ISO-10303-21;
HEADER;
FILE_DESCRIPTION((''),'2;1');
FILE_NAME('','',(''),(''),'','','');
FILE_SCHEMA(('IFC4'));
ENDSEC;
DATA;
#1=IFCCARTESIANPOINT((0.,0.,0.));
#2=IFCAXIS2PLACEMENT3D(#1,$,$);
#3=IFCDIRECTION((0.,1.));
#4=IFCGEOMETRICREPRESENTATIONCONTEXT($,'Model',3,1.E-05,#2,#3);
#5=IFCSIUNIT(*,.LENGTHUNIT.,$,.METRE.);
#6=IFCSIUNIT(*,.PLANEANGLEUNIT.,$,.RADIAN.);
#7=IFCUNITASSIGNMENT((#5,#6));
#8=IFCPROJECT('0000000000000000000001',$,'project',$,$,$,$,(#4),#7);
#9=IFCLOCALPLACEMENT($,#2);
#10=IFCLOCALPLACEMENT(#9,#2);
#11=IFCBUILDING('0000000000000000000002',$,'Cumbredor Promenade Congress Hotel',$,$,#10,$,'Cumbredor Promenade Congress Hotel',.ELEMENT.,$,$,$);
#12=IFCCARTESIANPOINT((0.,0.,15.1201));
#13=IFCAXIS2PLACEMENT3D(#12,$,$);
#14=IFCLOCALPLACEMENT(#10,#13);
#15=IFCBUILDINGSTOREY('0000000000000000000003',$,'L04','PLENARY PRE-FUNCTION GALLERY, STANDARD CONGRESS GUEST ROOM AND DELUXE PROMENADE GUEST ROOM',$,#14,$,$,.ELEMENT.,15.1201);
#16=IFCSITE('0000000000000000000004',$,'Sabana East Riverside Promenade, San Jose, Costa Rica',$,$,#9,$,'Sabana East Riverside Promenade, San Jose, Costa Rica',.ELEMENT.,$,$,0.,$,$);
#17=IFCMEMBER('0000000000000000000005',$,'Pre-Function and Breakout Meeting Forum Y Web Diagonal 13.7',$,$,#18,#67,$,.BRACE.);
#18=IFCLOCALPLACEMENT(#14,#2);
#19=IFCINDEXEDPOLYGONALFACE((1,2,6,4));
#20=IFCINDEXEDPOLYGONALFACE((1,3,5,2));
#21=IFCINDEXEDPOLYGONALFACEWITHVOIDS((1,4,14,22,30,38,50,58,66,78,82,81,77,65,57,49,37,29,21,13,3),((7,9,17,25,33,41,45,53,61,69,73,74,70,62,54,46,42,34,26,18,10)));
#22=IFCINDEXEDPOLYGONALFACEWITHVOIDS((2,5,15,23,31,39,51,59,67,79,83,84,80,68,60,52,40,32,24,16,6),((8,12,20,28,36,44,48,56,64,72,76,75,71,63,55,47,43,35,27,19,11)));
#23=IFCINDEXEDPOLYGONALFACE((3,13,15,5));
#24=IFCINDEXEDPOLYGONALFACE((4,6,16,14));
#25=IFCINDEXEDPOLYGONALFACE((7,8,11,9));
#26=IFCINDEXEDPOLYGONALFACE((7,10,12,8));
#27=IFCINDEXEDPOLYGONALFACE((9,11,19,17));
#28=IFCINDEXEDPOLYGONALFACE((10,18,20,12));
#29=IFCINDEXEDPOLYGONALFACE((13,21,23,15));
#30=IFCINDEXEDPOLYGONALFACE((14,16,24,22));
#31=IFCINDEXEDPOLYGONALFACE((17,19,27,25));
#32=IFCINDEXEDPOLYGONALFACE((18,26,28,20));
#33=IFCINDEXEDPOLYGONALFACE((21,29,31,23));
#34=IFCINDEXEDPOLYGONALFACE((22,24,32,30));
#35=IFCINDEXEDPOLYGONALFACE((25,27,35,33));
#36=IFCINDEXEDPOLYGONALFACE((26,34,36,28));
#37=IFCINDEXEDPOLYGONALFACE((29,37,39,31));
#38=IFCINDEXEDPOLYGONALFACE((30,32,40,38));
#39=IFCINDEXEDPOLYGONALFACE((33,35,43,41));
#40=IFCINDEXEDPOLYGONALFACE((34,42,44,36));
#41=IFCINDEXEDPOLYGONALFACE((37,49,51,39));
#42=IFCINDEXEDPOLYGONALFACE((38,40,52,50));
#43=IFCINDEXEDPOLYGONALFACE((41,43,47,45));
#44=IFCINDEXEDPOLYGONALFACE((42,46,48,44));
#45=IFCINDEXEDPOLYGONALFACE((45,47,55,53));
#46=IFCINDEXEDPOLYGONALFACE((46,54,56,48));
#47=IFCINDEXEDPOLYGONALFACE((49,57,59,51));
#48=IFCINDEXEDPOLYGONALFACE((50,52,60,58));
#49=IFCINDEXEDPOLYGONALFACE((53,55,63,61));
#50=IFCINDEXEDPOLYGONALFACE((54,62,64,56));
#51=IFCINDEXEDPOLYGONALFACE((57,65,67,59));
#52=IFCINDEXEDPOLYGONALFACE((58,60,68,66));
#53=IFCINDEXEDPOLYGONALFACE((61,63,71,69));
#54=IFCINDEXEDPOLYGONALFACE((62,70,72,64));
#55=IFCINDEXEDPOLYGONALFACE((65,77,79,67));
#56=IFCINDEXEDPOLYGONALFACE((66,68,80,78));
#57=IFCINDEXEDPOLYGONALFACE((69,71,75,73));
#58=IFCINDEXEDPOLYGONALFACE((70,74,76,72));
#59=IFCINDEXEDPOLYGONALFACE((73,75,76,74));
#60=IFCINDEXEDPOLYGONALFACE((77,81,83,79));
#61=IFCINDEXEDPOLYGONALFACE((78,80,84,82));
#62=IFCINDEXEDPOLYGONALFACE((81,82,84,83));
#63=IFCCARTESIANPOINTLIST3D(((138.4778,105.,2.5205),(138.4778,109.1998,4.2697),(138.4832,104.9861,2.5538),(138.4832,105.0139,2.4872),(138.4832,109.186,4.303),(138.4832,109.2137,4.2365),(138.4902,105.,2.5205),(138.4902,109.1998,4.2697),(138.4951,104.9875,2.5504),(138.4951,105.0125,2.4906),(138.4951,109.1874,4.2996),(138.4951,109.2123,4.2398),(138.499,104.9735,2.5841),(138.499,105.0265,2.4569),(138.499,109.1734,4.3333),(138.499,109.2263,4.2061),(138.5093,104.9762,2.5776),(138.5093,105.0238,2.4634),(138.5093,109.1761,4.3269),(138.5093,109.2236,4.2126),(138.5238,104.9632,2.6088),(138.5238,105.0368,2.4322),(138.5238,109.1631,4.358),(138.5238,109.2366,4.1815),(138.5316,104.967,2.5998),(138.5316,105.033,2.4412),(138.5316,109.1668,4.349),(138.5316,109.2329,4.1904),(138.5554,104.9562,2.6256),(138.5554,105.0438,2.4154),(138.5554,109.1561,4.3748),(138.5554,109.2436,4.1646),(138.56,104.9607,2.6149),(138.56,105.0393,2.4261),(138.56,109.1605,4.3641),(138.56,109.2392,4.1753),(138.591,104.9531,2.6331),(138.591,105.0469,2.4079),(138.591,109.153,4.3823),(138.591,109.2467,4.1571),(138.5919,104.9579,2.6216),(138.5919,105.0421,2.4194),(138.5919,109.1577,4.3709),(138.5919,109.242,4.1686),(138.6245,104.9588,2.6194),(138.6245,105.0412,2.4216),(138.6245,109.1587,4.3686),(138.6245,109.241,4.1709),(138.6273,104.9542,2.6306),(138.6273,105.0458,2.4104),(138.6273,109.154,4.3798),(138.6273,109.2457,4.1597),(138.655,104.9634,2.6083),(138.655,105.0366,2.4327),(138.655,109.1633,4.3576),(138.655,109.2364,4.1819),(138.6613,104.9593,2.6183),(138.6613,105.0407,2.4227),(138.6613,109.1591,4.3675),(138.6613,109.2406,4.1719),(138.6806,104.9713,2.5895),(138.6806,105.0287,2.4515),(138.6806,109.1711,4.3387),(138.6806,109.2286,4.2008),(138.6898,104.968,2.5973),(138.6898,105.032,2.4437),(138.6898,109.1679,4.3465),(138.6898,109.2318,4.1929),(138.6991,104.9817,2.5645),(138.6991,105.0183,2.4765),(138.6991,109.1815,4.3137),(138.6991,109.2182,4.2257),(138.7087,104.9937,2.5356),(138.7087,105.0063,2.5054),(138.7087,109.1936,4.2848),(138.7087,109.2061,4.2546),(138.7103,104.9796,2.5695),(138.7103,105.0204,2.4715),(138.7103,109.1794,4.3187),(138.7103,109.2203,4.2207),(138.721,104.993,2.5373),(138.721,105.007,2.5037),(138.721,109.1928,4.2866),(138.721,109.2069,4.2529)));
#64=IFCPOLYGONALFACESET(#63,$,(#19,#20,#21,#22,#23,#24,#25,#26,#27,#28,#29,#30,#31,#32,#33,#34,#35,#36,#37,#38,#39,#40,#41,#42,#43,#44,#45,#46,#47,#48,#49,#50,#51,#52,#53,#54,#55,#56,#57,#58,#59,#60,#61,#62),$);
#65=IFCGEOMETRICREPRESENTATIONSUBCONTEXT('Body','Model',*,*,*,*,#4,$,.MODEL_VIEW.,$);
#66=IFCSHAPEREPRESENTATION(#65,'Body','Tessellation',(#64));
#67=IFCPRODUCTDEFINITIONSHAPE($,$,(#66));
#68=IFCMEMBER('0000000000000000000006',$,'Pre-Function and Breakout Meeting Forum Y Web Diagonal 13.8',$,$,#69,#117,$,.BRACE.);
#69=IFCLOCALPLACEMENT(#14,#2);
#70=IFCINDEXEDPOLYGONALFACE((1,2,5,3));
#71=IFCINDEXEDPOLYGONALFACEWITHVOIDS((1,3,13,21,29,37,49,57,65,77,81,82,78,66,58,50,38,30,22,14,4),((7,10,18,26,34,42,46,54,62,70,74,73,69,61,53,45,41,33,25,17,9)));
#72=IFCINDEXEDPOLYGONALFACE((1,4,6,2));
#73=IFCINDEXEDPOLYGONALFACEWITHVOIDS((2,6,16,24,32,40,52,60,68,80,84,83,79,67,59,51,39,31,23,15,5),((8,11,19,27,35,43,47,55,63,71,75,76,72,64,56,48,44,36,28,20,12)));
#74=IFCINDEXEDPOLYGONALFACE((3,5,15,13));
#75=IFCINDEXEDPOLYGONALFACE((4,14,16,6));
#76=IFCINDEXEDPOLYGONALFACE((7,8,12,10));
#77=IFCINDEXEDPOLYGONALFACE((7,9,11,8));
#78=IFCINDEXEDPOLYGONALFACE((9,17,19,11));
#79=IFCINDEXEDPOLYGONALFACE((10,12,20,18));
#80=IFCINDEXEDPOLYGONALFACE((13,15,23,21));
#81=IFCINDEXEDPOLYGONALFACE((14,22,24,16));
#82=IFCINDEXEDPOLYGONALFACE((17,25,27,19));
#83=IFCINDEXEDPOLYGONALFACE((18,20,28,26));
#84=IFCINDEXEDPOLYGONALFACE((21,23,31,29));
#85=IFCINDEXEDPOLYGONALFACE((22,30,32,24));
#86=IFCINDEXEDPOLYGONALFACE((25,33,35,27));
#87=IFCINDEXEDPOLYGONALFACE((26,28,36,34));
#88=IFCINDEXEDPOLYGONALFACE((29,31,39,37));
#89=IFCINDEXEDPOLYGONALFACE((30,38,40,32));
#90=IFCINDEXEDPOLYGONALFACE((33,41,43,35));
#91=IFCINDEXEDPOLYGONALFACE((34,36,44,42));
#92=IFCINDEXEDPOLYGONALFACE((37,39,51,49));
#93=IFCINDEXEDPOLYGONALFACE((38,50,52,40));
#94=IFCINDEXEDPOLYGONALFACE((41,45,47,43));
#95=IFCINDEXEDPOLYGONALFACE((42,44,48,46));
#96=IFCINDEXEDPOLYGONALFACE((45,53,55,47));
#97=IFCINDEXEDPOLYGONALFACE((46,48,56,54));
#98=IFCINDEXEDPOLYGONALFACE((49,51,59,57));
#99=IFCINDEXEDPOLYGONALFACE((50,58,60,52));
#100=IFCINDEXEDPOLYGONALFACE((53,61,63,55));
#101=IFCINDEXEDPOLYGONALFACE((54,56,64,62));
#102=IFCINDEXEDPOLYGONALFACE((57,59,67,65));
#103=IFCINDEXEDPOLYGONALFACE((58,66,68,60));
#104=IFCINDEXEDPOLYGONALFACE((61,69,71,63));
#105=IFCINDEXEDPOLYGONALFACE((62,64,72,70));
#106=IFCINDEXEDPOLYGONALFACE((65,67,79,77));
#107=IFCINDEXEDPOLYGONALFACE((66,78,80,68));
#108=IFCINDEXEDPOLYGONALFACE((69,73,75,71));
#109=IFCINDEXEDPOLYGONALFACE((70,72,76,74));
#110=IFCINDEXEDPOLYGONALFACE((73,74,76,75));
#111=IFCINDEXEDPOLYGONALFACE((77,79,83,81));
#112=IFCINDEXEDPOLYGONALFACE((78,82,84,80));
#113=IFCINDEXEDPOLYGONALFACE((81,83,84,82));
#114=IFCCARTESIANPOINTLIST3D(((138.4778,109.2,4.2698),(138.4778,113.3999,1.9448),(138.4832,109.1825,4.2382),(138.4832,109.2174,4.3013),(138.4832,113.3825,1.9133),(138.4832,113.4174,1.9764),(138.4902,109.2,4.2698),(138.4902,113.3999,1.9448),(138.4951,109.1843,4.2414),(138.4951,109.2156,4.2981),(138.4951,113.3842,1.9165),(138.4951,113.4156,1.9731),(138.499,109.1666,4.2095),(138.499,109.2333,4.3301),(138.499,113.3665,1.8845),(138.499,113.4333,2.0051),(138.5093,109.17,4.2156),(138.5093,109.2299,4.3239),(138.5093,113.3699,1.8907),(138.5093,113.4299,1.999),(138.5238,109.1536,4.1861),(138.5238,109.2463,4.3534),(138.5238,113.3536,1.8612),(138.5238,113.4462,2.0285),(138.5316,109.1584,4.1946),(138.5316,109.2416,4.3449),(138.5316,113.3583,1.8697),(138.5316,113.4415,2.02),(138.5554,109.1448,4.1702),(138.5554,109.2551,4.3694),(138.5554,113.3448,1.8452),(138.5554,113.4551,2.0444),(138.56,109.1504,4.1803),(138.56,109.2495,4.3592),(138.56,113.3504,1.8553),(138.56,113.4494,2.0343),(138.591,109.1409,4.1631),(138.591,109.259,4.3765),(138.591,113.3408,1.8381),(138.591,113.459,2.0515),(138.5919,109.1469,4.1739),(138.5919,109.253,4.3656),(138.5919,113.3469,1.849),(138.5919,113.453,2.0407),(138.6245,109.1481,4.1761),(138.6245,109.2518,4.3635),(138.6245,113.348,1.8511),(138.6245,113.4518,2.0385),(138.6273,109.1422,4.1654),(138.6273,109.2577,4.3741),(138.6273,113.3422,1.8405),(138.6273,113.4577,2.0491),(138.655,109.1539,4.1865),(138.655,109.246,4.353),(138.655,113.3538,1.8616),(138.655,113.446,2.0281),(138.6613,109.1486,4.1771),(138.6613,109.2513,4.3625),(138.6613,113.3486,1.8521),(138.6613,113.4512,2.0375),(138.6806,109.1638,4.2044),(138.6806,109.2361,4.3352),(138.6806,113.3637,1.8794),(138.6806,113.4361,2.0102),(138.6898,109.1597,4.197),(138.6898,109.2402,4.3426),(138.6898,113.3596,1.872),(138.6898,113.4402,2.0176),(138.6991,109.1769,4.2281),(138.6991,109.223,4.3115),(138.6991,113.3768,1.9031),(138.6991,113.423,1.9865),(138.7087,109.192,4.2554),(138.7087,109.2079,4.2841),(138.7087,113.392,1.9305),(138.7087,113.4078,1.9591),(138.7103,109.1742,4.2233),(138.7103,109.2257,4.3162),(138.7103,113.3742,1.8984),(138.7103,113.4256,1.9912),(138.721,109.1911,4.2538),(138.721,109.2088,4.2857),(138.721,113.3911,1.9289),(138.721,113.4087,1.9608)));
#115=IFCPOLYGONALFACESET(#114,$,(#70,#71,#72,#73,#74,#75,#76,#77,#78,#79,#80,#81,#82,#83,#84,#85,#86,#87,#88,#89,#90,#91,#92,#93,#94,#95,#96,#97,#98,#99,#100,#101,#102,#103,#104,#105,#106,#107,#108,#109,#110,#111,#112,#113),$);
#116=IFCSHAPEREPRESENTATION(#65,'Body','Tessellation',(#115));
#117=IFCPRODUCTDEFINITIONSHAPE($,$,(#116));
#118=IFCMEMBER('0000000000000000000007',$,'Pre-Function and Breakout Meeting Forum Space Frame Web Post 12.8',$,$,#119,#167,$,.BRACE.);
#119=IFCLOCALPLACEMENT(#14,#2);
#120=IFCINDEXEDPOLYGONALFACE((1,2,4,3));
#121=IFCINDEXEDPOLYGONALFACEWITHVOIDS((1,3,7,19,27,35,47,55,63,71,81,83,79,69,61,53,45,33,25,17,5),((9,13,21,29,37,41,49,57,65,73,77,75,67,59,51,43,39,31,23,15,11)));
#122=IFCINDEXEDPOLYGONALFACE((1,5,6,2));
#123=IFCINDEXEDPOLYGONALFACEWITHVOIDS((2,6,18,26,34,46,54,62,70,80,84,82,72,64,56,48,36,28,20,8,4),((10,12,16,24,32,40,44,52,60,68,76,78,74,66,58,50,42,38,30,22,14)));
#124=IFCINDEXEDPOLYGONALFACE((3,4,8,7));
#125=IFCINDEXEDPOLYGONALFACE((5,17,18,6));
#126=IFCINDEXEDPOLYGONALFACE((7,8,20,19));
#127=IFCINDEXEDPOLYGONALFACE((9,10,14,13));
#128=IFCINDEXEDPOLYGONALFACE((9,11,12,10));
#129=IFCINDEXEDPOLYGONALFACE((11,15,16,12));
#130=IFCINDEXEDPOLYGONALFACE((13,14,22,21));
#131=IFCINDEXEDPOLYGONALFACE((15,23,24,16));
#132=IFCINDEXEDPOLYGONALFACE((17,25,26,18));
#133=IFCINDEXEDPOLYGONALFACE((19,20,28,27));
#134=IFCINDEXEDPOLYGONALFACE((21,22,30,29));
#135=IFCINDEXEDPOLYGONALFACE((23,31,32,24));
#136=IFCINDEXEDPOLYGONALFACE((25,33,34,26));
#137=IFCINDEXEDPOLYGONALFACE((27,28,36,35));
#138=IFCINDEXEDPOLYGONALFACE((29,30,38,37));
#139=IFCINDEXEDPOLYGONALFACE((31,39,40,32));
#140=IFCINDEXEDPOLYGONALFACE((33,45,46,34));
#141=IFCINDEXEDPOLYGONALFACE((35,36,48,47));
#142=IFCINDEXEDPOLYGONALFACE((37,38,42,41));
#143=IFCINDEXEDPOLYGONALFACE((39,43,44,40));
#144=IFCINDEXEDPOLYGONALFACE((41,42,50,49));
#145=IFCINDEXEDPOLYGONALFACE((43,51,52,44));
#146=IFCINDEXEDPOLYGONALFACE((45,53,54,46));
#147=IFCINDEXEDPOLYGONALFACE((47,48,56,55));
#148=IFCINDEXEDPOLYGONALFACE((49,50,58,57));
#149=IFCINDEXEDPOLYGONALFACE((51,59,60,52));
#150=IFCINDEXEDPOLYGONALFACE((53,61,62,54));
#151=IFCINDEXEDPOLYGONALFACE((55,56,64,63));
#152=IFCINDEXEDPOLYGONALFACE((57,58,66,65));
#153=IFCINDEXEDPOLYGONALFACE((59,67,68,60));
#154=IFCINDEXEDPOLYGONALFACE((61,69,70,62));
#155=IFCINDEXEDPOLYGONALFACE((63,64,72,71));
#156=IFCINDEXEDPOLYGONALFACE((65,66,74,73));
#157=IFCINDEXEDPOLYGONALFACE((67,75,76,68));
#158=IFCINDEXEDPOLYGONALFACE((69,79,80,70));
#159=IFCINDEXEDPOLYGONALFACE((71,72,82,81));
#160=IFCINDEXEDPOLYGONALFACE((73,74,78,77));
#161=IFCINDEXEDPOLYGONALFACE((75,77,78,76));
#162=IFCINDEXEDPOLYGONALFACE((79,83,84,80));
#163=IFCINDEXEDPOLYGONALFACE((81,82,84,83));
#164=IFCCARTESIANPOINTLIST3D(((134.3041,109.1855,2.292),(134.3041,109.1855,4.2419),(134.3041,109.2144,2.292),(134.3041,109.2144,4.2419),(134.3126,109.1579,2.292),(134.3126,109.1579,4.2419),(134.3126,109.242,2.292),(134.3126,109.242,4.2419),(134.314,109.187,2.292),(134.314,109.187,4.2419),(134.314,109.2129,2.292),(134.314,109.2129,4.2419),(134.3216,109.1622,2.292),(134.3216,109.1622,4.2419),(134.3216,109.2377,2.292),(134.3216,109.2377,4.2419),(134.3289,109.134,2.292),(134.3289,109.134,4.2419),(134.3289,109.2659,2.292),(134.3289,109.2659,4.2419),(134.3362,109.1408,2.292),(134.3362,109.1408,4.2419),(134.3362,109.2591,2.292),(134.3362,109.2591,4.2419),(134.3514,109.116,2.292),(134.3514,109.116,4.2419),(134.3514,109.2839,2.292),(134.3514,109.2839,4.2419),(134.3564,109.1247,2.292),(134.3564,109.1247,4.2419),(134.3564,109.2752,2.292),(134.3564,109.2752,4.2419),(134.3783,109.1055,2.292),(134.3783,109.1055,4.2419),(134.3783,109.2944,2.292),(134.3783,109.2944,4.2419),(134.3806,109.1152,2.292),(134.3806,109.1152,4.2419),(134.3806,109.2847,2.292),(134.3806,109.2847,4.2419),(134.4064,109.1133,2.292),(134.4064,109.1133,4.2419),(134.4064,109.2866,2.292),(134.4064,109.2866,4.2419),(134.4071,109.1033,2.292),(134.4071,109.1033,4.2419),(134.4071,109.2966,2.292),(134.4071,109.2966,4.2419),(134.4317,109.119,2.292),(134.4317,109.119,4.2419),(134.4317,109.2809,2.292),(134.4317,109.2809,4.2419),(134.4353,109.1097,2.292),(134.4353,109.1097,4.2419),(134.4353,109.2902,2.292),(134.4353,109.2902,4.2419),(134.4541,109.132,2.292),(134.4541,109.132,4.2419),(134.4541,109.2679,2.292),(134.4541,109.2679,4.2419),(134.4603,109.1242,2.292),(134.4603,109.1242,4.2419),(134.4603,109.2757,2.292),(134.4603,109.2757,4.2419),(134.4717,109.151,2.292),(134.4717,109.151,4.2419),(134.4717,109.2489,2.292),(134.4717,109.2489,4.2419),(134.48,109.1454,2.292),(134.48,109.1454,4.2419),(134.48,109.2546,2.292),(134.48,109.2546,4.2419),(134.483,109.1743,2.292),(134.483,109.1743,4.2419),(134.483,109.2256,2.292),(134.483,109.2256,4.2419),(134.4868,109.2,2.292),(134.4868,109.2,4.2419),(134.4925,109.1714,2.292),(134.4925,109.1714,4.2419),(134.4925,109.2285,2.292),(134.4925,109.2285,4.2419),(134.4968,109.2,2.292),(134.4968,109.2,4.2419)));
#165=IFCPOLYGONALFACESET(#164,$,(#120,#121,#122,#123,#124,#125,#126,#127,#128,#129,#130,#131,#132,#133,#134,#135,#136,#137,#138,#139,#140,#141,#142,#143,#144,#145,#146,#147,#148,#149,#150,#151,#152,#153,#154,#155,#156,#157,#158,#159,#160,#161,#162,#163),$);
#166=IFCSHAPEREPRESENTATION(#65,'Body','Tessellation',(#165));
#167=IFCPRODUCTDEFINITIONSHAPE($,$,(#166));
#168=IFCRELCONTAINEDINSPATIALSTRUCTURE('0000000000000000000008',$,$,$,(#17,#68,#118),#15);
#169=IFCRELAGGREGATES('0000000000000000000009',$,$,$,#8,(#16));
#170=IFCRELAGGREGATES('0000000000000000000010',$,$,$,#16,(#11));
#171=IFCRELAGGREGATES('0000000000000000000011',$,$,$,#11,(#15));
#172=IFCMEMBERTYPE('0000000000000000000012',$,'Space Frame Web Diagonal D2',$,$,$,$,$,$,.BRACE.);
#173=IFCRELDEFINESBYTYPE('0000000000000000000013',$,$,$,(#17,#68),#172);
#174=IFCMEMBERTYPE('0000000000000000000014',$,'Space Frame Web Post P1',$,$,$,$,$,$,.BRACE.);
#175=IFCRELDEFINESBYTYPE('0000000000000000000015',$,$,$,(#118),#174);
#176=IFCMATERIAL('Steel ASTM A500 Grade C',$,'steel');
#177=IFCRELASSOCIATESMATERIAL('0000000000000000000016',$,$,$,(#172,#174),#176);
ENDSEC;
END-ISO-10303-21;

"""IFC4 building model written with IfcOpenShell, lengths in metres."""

from ifc_helpers import new_model, si_unit, direction, frame, origin, origin_2d, place, context, subcontext, project, spatial, hollow_circle, extrude, material, material_profile, profile_set, type_object, element, save


model = new_model("IFC4")

# Units and contexts
model_context = context("Model", 3, precision=1e-05, world=origin(), true_north=direction((0.0, 1.0)))
body_context = subcontext(model_context, "Body", "Model", "MODEL_VIEW")
ifc_project = project(units=[si_unit("LENGTHUNIT", "METRE"), si_unit("PLANEANGLEUNIT", "RADIAN")], contexts=[model_context])

# Site, building, storey
site_placement = place(None, origin())
site = spatial("IfcSite", under=ifc_project, at=site_placement, Name="Sabana East Riverside Promenade, San Jose, Costa Rica", LongName="Sabana East Riverside Promenade, San Jose, Costa Rica", CompositionType="ELEMENT", RefElevation=0.0)
building_placement = place(site_placement, origin())
building = spatial("IfcBuilding", under=site, at=building_placement, Name="Cumbredor Promenade Congress Hotel", LongName="Cumbredor Promenade Congress Hotel", CompositionType="ELEMENT")
storey_placement = place(building_placement, frame((0.0, 0.0, 15.1201)))
storey = spatial("IfcBuildingStorey", under=building, at=storey_placement, Name="L04", Description="PLENARY PRE-FUNCTION GALLERY, STANDARD CONGRESS GUEST ROOM AND DELUXE PROMENADE GUEST ROOM", CompositionType="ELEMENT", Elevation=15.1201)

# Members
ifc_material_1 = material(Name="Steel ASTM A500 Grade C", Category="steel")
ifc_material_profile_1 = material_profile(ifc_material_1, hollow_circle(Radius=0.1223, WallThickness=0.0125, at=origin_2d()), Name="CHS 244.5x12.5")
ifc_profile_set_1 = profile_set([ifc_material_profile_1], Name="Steel ASTM A500 Grade C")
member_type_1 = type_object("IfcMemberType", Name="Space Frame Web Diagonal D2", PredefinedType="BRACE", material=ifc_profile_set_1)
member_1_placement = place(storey_placement, frame((138.6001, 105.0, 2.5205), z_axis=(0.0, 0.923132, 0.384482), x_axis=(-1.0, 0.0, 0.0)))
element("IfcMember", 1, at=member_1_placement, inside=storey, type_object=member_type_1, Name="Pre-Function and Breakout Meeting Forum Y Web Diagonal 13.7", PredefinedType="BRACE", context=body_context, shape_type="SweptSolid", body=[
    extrude(hollow_circle(Radius=0.1223, WallThickness=0.0125, at=origin_2d()), origin(), (0.0, 0.0, 1.0), 4.5496),
])
member_2_placement = place(storey_placement, frame((138.6001, 109.2, 4.2698), z_axis=(0.0, 0.874895, -0.484312), x_axis=(-1.0, 0.0, 0.0)))
element("IfcMember", 2, at=member_2_placement, inside=storey, type_object=member_type_1, Name="Pre-Function and Breakout Meeting Forum Y Web Diagonal 13.8", PredefinedType="BRACE", context=body_context, shape_type="SweptSolid", body=[
    extrude(hollow_circle(Radius=0.1223, WallThickness=0.0125, at=origin_2d()), origin(), (0.0, 0.0, 1.0), 4.8005),
])
ifc_material_profile_2 = material_profile(ifc_material_1, hollow_circle(Radius=0.0969, WallThickness=0.01, at=origin_2d()), Name="CHS 193.7x10")
ifc_profile_set_2 = profile_set([ifc_material_profile_2], Name="Steel ASTM A500 Grade C")
member_type_2 = type_object("IfcMemberType", Name="Space Frame Web Post P1", PredefinedType="BRACE", material=ifc_profile_set_2)
for number, where, z_axis, x_axis, name in (
    (3, (134.3999, 109.2, 2.292), (0.0, 0.0, 1.0), (1.0, 0.0, 0.0), "Pre-Function and Breakout Meeting Forum Space Frame Web Post 12.8"),
):
    element("IfcMember", number, at=place(storey_placement, frame(where, z_axis=z_axis, x_axis=x_axis)), inside=storey, type_object=member_type_2, Name=name, PredefinedType="BRACE", context=body_context, shape_type="SweptSolid", body=[
        extrude(hollow_circle(Radius=0.0969, WallThickness=0.01, at=origin_2d()), origin(), (0.0, 0.0, 1.0), 1.95),
    ])

save(model, "model.ifc")
